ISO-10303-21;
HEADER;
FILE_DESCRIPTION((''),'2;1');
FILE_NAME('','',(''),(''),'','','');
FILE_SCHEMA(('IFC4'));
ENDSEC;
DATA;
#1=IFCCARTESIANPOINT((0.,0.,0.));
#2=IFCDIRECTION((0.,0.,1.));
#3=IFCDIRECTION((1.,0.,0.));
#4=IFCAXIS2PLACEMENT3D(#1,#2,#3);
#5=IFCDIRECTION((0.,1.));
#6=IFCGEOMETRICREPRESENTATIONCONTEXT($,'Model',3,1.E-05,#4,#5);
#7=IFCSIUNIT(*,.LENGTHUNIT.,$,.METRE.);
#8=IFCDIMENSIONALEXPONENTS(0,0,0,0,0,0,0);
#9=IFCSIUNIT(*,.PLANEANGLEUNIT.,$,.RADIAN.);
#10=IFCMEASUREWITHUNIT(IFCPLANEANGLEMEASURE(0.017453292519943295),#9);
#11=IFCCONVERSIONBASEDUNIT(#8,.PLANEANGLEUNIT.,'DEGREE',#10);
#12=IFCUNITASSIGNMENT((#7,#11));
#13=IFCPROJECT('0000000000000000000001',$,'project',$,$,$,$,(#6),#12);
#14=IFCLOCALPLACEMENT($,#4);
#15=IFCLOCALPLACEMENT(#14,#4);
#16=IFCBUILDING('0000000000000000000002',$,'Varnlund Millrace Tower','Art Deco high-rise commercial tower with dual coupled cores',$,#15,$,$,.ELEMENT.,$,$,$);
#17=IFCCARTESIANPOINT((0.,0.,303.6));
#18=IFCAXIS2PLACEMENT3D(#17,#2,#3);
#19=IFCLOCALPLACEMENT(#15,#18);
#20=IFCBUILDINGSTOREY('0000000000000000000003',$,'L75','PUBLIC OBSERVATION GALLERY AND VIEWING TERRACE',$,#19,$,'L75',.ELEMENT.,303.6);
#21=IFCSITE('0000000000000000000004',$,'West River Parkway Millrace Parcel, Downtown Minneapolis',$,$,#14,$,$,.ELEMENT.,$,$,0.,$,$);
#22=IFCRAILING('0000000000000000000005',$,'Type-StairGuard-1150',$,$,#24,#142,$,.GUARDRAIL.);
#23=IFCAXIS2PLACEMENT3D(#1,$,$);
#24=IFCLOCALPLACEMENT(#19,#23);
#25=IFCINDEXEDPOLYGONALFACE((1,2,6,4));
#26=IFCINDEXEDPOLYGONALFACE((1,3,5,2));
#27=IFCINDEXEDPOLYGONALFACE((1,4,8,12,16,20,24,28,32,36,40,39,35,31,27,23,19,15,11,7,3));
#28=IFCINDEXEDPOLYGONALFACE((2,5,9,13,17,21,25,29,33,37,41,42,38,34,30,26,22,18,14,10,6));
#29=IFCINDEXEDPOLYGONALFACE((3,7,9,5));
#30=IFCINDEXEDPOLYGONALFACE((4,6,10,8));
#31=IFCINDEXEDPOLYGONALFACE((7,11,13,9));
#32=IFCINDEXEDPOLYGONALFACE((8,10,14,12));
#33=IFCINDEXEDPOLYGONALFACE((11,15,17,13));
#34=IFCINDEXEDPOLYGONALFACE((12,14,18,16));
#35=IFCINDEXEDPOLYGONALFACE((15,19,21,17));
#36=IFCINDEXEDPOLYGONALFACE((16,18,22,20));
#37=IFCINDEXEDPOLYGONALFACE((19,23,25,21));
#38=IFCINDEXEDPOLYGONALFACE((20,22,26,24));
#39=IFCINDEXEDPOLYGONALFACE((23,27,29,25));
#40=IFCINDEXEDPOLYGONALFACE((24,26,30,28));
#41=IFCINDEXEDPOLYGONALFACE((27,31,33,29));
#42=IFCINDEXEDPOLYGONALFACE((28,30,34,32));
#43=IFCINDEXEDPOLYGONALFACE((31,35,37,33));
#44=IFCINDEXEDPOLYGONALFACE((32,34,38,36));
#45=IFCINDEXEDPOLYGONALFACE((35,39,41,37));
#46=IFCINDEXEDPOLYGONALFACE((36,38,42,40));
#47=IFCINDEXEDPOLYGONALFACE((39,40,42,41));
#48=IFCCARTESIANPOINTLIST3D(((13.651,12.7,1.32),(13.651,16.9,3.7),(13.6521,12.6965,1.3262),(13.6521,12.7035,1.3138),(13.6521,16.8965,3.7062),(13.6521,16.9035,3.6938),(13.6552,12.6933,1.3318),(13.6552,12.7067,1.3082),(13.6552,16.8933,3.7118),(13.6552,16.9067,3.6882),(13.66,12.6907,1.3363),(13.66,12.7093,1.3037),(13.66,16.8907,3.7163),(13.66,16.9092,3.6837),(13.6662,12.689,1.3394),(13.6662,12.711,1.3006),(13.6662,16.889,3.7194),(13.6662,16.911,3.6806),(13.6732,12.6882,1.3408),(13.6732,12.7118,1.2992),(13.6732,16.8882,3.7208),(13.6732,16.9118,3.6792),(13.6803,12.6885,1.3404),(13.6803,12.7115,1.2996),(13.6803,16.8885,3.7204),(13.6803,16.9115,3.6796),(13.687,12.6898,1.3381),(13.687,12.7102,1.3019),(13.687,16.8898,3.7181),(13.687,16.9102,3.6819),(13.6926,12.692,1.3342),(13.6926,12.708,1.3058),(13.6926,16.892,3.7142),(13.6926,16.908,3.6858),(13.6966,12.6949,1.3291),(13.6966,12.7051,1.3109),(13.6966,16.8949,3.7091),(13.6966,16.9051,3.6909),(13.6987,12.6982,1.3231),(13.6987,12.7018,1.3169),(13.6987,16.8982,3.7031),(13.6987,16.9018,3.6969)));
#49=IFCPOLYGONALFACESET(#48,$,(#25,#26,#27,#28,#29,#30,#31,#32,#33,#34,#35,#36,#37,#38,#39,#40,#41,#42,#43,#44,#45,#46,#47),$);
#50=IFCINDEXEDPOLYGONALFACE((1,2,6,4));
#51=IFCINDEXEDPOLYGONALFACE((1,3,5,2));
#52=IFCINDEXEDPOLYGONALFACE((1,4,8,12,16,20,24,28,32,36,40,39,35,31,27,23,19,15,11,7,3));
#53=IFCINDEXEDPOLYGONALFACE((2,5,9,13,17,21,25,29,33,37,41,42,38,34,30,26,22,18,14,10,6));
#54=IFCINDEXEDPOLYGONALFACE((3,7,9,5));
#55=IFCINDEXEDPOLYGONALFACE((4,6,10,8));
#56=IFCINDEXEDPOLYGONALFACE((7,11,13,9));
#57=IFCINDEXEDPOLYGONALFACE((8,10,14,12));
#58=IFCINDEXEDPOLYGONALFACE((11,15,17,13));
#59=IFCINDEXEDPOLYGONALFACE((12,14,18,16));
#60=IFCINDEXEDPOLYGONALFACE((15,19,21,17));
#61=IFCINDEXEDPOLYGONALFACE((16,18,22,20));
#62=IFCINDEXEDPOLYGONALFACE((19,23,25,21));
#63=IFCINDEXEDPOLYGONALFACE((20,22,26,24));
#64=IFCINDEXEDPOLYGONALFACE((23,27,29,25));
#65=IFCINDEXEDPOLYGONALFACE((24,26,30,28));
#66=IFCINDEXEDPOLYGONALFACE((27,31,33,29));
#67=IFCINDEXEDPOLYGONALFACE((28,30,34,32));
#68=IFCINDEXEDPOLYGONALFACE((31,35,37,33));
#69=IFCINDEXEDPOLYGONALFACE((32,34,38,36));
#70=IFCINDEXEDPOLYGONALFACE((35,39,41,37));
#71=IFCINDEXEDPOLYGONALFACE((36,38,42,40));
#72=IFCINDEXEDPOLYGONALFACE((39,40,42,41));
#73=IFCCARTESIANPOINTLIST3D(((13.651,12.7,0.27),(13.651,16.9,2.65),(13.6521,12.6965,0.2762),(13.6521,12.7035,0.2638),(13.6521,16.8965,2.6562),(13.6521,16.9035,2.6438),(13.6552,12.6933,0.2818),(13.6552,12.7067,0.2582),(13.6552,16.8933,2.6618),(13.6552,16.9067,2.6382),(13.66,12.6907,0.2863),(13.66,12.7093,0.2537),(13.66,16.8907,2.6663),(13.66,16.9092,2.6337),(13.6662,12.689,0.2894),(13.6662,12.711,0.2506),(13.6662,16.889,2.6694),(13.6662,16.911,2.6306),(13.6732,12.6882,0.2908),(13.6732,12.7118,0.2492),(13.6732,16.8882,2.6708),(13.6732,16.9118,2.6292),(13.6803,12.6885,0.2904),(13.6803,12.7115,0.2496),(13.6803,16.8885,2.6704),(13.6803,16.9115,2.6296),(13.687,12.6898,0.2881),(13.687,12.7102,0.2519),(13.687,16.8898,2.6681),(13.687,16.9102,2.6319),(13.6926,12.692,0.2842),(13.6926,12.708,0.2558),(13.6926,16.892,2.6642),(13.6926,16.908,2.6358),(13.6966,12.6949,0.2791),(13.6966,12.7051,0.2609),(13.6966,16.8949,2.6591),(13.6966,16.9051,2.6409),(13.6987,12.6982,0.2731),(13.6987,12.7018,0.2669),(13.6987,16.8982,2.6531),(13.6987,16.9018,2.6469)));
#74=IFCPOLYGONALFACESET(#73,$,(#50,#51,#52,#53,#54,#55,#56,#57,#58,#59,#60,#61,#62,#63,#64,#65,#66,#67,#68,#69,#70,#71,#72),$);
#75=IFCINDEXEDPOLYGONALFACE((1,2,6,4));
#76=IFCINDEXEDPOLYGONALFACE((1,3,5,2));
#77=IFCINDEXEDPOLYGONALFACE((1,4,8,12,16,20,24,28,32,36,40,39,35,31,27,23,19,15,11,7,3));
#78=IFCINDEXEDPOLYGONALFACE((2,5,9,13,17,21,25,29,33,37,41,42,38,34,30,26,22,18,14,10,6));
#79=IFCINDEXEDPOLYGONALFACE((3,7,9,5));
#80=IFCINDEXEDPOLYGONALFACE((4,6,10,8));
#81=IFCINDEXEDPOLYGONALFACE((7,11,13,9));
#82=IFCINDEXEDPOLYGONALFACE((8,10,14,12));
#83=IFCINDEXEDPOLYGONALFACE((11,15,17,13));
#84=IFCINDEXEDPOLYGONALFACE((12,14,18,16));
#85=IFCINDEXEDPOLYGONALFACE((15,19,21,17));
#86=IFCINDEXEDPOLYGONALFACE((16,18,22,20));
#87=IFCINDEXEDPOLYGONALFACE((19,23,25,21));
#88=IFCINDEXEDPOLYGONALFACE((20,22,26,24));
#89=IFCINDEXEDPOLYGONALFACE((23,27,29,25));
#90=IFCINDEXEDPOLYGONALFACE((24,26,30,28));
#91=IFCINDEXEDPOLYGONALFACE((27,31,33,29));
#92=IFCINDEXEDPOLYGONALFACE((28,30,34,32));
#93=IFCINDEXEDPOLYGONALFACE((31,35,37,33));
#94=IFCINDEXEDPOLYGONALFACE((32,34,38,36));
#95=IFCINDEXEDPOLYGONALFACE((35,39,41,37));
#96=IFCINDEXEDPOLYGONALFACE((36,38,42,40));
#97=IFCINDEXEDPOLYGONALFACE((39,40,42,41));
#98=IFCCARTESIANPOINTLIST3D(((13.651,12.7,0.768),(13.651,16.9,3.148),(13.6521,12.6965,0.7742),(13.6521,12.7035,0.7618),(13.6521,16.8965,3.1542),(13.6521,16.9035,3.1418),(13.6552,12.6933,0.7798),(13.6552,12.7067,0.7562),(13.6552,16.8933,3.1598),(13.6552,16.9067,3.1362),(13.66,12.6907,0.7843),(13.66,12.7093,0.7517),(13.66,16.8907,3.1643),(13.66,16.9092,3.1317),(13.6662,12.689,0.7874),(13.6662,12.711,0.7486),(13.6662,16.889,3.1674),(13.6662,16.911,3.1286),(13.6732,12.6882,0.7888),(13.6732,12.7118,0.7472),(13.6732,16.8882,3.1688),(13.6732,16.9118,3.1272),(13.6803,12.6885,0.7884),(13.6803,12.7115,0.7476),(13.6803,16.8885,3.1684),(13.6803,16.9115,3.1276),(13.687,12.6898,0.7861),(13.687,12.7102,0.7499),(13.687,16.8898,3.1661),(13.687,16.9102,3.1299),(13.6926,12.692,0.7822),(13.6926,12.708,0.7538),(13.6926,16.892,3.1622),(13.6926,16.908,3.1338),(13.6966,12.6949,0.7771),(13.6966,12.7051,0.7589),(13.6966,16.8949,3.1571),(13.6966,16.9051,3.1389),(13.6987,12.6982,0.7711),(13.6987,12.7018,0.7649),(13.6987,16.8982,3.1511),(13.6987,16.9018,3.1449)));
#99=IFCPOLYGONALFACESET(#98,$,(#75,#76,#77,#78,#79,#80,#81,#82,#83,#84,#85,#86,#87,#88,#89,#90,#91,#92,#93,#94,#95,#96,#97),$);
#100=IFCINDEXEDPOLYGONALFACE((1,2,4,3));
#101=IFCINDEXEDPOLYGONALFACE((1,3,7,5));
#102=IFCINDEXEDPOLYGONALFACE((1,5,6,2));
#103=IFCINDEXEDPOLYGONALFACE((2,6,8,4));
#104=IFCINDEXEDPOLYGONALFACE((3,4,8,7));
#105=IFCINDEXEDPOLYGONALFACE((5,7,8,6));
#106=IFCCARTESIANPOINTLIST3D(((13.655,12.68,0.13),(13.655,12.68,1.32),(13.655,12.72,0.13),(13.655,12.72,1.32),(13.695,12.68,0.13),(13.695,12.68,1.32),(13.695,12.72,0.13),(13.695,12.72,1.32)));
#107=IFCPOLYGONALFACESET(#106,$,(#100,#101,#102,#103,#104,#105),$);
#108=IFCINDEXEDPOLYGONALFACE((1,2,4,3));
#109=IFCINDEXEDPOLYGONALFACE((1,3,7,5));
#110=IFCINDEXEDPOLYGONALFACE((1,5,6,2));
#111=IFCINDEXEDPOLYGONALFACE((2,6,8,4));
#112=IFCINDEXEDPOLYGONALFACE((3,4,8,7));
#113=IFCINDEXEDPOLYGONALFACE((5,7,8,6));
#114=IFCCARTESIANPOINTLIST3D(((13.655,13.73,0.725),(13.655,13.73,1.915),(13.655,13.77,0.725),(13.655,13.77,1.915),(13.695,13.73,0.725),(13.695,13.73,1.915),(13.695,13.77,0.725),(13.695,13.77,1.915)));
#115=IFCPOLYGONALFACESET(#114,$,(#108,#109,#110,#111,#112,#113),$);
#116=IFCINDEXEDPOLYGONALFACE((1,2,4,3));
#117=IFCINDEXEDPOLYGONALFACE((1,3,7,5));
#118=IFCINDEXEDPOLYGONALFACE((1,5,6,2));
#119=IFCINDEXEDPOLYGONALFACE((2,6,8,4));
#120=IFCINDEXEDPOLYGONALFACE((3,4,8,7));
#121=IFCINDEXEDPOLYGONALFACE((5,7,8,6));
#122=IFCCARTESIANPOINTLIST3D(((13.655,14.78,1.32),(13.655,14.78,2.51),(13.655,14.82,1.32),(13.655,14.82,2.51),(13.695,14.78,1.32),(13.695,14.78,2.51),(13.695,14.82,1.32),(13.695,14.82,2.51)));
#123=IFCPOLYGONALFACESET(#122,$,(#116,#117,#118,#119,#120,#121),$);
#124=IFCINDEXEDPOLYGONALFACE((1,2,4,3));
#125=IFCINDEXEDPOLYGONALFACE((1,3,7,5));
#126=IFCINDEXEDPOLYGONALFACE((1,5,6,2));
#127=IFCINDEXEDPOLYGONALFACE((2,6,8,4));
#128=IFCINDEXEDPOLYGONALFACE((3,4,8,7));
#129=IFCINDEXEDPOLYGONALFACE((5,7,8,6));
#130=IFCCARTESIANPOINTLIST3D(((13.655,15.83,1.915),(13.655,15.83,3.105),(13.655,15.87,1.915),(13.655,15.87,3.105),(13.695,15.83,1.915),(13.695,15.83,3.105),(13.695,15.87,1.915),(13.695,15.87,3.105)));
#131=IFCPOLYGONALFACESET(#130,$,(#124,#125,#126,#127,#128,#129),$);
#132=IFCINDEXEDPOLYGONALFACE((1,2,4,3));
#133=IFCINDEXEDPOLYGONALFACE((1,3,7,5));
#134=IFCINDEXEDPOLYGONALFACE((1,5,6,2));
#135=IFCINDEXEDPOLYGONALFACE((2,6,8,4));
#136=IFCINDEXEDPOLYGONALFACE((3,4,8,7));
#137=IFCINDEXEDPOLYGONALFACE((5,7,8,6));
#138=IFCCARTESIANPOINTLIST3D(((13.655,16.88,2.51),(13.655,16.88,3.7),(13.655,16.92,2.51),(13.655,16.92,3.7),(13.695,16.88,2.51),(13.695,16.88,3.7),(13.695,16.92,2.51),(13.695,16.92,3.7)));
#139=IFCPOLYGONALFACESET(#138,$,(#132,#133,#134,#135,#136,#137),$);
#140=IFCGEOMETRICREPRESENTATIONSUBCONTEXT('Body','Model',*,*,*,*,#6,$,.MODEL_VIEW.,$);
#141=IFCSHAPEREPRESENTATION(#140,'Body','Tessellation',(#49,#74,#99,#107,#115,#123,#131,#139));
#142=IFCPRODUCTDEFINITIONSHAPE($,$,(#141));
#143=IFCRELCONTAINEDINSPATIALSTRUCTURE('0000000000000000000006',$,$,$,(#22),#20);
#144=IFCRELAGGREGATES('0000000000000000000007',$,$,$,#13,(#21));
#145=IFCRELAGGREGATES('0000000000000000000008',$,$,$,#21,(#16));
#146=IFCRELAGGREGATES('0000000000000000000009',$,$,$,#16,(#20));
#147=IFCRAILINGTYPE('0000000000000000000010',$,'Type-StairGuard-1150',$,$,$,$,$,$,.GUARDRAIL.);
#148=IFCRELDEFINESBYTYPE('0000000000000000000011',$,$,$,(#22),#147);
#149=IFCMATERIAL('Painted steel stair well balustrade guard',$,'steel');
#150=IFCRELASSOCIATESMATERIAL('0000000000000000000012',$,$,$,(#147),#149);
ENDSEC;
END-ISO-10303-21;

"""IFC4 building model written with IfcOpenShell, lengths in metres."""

from ifc_helpers import new_model, entity, si_unit, converted_unit, direction, frame, origin_with_axes, origin_2d_with_axis, place, context, subcontext, project, spatial, rectangle, circle, extrude, material, type_object, element, save


model = new_model("IFC4")

# Units and contexts
model_context = context("Model", 3, precision=1e-05, world=origin_with_axes(), true_north=direction((0.0, 1.0)))
body_context = subcontext(model_context, "Body", "Model", "MODEL_VIEW")
ifc_project = project(units=[si_unit("LENGTHUNIT", "METRE"), converted_unit("PLANEANGLEUNIT", "DEGREE", entity("IfcPlaneAngleMeasure", 0.017453292519943295), si_unit("PLANEANGLEUNIT", "RADIAN"), dimensions=[0, 0, 0, 0, 0, 0, 0])], contexts=[model_context])

# Site, building, storey
site_placement = place(None, origin_with_axes())
site = spatial("IfcSite", under=ifc_project, at=site_placement, Name="West River Parkway Millrace Parcel, Downtown Minneapolis", CompositionType="ELEMENT", RefElevation=0.0)
building_placement = place(site_placement, origin_with_axes())
building = spatial("IfcBuilding", under=site, at=building_placement, Name="Varnlund Millrace Tower", Description="Art Deco high-rise commercial tower with dual coupled cores", CompositionType="ELEMENT")
storey_placement = place(building_placement, frame((0.0, 0.0, 303.6), z_axis=(0.0, 0.0, 1.0), x_axis=(1.0, 0.0, 0.0)))
storey = spatial("IfcBuildingStorey", under=building, at=storey_placement, Name="L75", Description="PUBLIC OBSERVATION GALLERY AND VIEWING TERRACE", LongName="L75", CompositionType="ELEMENT", Elevation=303.6)

# Railing
ifc_material_1 = material(Name="Painted steel stair well balustrade guard", Category="steel")
railing_type_1 = type_object("IfcRailingType", Name="Type-StairGuard-1150", PredefinedType="GUARDRAIL", material=ifc_material_1)
railing_1_placement = place(storey_placement, frame((0.0, 0.0, -303.6), z_axis=(0.0, 0.0, 1.0), x_axis=(1.0, 0.0, 0.0)))
element("IfcRailing", 1, at=railing_1_placement, inside=storey, type_object=railing_type_1, Name="Type-StairGuard-1150", PredefinedType="GUARDRAIL", context=body_context, shape_type="SweptSolid", body=[
    extrude(circle(Radius=0.024, at=origin_2d_with_axis()), frame((13.675, 12.7, 304.92), z_axis=(0.0, 0.870022, 0.493013), x_axis=(-1.0, 0.0, 0.0)), (0.0, 0.0, 1.0), 4.8275),
    extrude(circle(Radius=0.024, at=origin_2d_with_axis()), frame((13.675, 12.7, 303.87), z_axis=(0.0, 0.870022, 0.493013), x_axis=(-1.0, 0.0, 0.0)), (0.0, 0.0, 1.0), 4.8275),
    extrude(circle(Radius=0.024, at=origin_2d_with_axis()), frame((13.675, 12.7, 304.368), z_axis=(0.0, 0.870022, 0.493013), x_axis=(-1.0, 0.0, 0.0)), (0.0, 0.0, 1.0), 4.8275),
    extrude(rectangle(XDim=0.04, YDim=0.04, at=origin_2d_with_axis()), frame((13.675, 12.7, 303.73), z_axis=(0.0, 0.0, 1.0), x_axis=(1.0, 0.0, 0.0)), (0.0, 0.0, 1.0), 1.19),
    extrude(rectangle(XDim=0.04, YDim=0.04, at=origin_2d_with_axis()), frame((13.675, 13.75, 304.325), z_axis=(0.0, 0.0, 1.0), x_axis=(1.0, 0.0, 0.0)), (0.0, 0.0, 1.0), 1.19),
    extrude(rectangle(XDim=0.04, YDim=0.04, at=origin_2d_with_axis()), frame((13.675, 14.8, 304.92), z_axis=(0.0, 0.0, 1.0), x_axis=(1.0, 0.0, 0.0)), (0.0, 0.0, 1.0), 1.19),
    extrude(rectangle(XDim=0.04, YDim=0.04, at=origin_2d_with_axis()), frame((13.675, 15.85, 305.515), z_axis=(0.0, 0.0, 1.0), x_axis=(1.0, 0.0, 0.0)), (0.0, 0.0, 1.0), 1.19),
    extrude(rectangle(XDim=0.04, YDim=0.04, at=origin_2d_with_axis()), frame((13.675, 16.9, 306.11), z_axis=(0.0, 0.0, 1.0), x_axis=(1.0, 0.0, 0.0)), (0.0, 0.0, 1.0), 1.19),
])

save(model, "model.ifc")
